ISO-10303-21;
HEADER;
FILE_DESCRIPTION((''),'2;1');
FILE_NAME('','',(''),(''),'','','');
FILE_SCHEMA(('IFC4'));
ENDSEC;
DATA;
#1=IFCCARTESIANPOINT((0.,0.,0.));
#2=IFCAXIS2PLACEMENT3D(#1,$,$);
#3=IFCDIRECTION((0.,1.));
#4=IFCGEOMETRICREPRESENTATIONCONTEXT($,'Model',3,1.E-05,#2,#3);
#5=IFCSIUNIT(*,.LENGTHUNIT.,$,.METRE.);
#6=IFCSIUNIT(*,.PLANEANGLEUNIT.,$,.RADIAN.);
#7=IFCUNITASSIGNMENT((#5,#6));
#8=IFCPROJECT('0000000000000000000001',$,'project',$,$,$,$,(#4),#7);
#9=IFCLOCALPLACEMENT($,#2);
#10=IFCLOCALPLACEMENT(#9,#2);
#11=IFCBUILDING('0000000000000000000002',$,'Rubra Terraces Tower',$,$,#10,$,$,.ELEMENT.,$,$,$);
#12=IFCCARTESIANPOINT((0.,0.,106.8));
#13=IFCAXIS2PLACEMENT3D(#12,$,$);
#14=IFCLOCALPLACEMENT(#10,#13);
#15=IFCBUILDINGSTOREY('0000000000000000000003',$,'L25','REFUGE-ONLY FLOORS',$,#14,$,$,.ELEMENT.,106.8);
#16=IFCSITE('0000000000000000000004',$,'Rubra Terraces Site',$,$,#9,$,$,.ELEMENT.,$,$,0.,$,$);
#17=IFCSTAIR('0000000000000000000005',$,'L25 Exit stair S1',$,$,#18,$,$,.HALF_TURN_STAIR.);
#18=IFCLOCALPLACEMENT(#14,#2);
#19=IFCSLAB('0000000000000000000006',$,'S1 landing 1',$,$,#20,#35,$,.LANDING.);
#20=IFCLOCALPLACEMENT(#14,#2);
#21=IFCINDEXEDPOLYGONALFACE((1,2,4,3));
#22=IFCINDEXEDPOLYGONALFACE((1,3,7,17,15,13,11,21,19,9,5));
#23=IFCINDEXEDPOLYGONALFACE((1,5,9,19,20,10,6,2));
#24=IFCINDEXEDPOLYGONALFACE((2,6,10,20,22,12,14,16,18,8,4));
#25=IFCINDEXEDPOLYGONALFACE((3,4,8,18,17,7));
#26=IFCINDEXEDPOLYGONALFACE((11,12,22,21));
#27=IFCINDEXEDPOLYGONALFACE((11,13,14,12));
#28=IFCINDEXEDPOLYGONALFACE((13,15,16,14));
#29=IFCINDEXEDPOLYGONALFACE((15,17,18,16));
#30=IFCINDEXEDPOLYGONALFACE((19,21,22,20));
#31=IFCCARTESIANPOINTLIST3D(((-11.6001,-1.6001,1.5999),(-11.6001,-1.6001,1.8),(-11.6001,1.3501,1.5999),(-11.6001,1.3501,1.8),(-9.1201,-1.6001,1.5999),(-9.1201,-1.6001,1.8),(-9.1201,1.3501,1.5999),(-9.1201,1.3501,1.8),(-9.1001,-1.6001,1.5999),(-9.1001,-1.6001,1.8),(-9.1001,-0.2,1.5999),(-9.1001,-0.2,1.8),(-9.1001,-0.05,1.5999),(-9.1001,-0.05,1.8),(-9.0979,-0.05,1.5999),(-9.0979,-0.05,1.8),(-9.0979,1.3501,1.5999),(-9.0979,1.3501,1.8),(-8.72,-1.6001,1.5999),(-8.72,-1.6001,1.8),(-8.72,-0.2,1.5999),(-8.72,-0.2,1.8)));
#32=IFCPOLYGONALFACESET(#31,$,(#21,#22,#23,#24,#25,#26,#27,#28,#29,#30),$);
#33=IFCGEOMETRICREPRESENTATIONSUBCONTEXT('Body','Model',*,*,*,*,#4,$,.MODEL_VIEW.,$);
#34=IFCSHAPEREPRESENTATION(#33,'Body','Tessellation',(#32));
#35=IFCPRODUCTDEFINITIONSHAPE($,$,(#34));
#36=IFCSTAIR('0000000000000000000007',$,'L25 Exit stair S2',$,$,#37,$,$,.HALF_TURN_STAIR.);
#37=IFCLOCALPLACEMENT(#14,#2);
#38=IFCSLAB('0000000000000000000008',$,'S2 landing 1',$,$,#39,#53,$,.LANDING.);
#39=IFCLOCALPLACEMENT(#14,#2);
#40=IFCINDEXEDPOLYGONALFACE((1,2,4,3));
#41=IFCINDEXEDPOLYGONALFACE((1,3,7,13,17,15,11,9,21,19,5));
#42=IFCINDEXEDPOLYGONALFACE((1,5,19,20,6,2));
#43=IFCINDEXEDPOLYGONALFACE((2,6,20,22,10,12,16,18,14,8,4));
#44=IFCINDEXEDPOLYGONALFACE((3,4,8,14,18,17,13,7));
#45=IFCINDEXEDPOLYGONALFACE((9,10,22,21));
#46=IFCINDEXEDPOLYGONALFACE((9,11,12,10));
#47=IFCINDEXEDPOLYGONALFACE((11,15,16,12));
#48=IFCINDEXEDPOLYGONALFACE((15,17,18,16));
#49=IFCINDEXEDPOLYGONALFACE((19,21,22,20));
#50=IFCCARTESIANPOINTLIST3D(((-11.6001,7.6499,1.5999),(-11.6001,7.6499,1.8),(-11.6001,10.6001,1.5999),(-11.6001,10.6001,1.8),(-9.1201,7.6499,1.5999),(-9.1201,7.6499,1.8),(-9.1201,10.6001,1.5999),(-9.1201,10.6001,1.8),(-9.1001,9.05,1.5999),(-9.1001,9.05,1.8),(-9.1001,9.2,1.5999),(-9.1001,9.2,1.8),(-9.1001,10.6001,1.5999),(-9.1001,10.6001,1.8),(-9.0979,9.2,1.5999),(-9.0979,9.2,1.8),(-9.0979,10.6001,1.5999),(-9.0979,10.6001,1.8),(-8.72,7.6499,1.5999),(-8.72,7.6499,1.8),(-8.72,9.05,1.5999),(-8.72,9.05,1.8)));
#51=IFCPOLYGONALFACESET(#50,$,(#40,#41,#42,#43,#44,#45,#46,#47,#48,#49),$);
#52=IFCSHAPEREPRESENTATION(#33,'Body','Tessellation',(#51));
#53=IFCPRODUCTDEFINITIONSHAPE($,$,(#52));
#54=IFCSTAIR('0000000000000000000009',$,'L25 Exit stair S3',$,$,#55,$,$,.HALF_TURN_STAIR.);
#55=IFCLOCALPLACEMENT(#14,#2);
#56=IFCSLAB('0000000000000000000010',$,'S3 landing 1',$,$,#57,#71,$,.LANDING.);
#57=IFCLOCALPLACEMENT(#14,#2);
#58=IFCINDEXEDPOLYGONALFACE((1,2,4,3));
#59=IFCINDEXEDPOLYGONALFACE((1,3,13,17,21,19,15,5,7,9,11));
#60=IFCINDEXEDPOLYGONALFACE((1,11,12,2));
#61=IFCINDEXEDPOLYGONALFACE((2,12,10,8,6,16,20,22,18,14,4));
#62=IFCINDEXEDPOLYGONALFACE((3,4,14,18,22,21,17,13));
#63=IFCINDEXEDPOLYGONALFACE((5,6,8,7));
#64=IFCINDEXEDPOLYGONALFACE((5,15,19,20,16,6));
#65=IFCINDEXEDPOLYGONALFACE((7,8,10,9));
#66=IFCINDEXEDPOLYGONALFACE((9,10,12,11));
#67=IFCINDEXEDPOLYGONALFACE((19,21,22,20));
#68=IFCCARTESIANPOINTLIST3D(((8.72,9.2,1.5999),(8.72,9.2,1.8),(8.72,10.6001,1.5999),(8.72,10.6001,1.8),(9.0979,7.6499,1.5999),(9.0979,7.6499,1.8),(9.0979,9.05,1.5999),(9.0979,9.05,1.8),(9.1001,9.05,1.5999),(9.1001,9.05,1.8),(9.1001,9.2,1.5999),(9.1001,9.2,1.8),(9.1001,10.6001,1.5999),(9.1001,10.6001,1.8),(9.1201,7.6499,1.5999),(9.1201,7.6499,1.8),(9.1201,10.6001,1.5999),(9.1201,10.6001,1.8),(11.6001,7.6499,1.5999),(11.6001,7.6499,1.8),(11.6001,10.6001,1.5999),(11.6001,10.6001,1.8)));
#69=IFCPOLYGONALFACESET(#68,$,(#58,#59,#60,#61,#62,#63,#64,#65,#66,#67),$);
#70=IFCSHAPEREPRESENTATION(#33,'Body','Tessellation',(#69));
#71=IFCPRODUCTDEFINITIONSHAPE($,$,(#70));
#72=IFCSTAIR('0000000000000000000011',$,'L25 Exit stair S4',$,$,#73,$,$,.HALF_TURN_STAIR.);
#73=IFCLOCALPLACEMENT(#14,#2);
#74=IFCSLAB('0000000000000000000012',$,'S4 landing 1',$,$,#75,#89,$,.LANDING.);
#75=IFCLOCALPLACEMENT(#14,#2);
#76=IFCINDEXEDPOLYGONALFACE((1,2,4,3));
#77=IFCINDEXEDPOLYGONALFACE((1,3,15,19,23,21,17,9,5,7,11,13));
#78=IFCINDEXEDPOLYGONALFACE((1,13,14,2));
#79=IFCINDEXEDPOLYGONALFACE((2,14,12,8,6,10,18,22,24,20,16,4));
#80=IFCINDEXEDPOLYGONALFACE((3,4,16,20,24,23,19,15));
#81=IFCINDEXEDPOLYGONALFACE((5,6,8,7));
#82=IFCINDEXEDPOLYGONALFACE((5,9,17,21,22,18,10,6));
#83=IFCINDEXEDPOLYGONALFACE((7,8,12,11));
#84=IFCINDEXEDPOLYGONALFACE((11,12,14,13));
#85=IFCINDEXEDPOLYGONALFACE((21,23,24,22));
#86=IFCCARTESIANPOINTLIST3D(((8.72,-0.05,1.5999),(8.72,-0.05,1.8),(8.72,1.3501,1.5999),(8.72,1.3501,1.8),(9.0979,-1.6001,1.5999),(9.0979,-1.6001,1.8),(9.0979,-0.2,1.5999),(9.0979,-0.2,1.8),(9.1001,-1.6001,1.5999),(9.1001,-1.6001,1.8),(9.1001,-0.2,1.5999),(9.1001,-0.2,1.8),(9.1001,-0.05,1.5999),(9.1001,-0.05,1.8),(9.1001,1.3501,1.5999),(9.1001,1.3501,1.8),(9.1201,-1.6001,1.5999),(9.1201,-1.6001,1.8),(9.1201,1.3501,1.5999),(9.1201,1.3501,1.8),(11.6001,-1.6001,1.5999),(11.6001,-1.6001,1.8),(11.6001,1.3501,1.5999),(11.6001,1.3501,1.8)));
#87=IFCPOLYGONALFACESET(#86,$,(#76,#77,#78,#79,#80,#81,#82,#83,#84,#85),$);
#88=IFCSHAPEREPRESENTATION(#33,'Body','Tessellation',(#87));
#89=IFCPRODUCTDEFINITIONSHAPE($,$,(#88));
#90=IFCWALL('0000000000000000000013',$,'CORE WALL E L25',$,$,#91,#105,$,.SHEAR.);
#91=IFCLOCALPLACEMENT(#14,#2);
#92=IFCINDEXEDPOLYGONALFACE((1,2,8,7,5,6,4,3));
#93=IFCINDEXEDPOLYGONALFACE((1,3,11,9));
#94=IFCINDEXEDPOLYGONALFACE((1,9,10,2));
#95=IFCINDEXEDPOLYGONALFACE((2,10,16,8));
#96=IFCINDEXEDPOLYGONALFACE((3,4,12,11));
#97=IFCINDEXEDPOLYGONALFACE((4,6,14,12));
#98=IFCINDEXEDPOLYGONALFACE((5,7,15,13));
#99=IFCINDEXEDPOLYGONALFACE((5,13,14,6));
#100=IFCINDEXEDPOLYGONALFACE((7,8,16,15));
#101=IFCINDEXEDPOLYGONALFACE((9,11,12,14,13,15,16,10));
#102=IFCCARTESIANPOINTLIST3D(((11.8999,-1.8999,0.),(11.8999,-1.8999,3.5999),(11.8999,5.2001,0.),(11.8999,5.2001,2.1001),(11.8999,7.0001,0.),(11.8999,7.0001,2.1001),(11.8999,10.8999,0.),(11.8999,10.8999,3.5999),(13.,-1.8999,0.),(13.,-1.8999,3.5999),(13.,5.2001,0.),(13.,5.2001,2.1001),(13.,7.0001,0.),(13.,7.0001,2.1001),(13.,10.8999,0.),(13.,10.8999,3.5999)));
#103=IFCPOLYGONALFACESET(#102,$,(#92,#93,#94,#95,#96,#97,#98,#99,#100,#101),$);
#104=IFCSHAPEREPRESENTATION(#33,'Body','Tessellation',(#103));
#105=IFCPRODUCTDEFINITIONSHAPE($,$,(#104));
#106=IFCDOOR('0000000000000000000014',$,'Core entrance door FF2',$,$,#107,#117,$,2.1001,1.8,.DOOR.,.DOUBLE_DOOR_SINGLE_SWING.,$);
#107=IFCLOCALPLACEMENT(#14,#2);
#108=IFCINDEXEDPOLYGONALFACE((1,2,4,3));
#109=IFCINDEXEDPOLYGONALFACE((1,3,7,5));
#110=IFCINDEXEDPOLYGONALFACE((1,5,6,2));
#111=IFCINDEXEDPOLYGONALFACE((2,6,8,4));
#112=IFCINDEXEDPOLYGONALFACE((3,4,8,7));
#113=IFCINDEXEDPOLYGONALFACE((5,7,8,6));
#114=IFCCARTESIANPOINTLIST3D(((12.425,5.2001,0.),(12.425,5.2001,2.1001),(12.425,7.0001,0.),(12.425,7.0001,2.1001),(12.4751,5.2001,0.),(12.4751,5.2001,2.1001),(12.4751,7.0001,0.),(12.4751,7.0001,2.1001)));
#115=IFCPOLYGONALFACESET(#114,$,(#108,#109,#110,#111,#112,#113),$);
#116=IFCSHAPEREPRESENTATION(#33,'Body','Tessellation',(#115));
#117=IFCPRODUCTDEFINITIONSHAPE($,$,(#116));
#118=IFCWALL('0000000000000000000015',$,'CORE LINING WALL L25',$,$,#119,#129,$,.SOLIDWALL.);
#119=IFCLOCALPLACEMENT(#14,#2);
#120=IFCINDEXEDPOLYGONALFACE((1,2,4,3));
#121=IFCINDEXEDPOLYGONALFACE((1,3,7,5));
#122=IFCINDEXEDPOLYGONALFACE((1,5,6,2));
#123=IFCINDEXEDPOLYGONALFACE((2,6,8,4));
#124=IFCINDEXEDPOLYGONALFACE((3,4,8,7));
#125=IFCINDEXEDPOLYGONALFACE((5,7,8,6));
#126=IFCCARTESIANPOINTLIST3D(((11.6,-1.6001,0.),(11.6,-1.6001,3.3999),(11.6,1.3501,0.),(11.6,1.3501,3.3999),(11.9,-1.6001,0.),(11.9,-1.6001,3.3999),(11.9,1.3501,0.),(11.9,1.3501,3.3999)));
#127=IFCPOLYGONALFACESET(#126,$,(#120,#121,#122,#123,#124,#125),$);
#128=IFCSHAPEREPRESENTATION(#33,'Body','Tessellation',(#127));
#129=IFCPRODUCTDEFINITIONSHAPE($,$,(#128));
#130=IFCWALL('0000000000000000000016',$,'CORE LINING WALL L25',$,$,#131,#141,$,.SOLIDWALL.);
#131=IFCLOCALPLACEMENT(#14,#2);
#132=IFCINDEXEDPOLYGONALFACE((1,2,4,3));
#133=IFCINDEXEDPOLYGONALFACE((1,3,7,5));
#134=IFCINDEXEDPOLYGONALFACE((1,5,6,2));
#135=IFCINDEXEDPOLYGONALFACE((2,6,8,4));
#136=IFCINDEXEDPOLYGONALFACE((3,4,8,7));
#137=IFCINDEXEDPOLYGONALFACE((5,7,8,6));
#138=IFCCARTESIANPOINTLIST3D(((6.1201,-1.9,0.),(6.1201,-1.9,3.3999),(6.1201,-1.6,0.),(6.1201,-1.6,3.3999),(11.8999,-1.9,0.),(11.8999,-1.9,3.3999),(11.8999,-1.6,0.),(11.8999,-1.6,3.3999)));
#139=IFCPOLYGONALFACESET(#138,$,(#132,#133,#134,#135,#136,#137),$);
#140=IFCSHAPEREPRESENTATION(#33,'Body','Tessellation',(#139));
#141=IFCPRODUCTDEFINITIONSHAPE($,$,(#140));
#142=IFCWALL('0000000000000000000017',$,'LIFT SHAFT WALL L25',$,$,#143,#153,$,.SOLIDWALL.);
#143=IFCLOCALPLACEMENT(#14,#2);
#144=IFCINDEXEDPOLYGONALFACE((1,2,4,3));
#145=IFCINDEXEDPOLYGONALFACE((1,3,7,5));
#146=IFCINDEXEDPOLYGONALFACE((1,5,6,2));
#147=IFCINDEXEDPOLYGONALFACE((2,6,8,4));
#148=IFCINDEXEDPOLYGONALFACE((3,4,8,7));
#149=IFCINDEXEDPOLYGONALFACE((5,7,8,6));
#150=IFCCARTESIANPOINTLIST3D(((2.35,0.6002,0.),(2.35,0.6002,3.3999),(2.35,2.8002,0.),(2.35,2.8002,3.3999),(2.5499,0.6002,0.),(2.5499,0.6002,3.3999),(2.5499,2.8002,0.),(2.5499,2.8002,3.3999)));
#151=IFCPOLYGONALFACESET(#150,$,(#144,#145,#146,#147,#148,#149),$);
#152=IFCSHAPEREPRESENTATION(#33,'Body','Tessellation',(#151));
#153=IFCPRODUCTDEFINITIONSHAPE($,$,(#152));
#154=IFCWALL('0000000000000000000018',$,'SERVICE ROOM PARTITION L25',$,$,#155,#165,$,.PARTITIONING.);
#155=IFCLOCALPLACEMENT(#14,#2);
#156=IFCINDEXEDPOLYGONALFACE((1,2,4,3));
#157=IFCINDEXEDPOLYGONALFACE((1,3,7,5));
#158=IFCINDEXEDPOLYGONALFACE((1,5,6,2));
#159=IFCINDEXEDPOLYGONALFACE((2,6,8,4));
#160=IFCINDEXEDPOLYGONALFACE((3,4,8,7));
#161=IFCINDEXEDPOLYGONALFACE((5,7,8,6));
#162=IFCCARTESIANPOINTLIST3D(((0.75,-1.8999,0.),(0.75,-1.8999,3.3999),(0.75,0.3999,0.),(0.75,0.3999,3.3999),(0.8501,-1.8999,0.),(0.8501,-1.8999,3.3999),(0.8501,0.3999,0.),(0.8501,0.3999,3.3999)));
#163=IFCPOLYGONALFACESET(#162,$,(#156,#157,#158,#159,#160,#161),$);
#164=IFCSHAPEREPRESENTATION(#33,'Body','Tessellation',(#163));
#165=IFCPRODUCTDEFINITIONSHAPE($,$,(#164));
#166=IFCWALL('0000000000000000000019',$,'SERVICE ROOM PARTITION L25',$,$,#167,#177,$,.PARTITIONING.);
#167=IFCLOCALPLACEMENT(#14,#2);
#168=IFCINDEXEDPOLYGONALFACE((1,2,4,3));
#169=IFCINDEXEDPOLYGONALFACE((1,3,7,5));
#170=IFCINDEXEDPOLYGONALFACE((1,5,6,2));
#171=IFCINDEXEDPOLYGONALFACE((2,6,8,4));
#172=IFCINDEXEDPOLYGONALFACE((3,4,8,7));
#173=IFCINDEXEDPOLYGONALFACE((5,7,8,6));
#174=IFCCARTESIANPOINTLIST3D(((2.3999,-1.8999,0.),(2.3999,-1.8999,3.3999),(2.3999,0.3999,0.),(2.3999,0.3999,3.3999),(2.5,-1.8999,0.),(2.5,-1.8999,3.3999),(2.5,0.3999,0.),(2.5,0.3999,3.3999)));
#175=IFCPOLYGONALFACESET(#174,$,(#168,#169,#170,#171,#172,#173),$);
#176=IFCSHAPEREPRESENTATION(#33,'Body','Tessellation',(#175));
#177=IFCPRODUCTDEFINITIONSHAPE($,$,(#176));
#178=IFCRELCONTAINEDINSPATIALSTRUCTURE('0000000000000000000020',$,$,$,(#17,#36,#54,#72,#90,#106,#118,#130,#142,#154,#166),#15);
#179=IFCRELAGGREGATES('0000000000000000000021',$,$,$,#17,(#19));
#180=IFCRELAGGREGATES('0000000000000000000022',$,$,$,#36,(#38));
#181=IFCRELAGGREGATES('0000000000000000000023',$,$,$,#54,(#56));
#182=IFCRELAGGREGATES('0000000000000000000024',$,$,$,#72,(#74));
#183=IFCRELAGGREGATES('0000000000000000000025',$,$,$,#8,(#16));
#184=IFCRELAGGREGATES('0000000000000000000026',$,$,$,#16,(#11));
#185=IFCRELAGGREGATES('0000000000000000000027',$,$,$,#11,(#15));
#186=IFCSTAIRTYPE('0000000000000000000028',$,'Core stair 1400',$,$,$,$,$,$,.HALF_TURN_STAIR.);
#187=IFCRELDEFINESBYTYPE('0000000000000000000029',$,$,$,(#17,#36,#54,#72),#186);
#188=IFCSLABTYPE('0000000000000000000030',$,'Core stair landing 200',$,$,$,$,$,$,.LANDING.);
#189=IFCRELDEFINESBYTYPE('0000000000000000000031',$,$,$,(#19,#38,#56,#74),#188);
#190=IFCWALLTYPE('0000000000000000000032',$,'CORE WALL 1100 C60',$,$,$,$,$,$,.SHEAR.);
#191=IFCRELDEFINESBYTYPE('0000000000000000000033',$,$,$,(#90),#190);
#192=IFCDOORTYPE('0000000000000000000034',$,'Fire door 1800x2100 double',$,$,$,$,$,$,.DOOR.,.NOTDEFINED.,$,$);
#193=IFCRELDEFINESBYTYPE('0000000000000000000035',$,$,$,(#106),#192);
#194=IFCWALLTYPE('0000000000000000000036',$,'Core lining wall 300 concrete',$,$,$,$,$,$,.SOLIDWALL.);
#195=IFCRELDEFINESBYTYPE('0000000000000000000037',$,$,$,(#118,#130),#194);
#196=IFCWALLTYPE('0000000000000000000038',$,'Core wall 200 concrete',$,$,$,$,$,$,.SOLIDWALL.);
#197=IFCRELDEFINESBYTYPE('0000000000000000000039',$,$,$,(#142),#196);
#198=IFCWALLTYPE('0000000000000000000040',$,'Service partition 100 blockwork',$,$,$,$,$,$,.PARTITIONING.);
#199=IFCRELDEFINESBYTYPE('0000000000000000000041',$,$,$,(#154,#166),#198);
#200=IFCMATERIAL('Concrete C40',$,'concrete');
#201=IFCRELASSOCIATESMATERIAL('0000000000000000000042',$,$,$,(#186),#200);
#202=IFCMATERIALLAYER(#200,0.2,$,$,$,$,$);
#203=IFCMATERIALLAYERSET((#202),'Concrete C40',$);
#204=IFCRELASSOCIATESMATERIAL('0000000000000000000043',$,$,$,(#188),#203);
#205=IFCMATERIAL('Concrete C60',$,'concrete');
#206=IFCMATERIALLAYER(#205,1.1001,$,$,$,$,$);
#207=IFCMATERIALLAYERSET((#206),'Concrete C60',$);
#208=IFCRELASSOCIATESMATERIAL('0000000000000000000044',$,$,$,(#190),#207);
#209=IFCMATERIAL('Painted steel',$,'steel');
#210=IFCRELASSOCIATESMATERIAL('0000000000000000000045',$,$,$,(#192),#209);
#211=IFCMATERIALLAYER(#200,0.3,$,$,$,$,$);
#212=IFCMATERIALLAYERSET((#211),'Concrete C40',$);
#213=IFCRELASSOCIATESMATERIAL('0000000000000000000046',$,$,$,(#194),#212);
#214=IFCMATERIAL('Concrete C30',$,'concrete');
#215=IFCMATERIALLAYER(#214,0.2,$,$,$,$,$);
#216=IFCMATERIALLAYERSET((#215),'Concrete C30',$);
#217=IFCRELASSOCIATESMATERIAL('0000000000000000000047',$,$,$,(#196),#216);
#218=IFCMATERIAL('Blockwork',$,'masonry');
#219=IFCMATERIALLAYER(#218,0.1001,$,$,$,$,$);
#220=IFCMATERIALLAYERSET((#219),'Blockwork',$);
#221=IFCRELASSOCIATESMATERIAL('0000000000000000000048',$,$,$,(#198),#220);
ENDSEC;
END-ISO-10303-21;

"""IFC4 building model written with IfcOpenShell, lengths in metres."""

from ifc_helpers import new_model, si_unit, direction, frame, frame_2d, origin, place, context, subcontext, project, spatial, polyline, rectangle, outline, extrude, material, layer, layer_set, type_object, element, fill, aggregate, save


model = new_model("IFC4")

# Units and contexts
model_context = context("Model", 3, precision=1e-05, world=origin(), true_north=direction((0.0, 1.0)))
body_context = subcontext(model_context, "Body", "Model", "MODEL_VIEW")
ifc_project = project(units=[si_unit("LENGTHUNIT", "METRE"), si_unit("PLANEANGLEUNIT", "RADIAN")], contexts=[model_context])

# Site, building, storey
site_placement = place(None, origin())
site = spatial("IfcSite", under=ifc_project, at=site_placement, Name="Rubra Terraces Site", CompositionType="ELEMENT", RefElevation=0.0)
building_placement = place(site_placement, origin())
building = spatial("IfcBuilding", under=site, at=building_placement, Name="Rubra Terraces Tower", CompositionType="ELEMENT")
storey_placement = place(building_placement, frame((0.0, 0.0, 106.8)))
storey = spatial("IfcBuildingStorey", under=building, at=storey_placement, Name="L25", Description="REFUGE-ONLY FLOORS", CompositionType="ELEMENT", Elevation=106.8)

# Stairs, slabs
ifc_material_1 = material(Name="Concrete C40", Category="concrete")
stair_type = type_object("IfcStairType", Name="Core stair 1400", PredefinedType="HALF_TURN_STAIR", material=ifc_material_1)
stair_1_placement = place(storey_placement, origin())
stair_1 = element("IfcStair", 1, at=stair_1_placement, inside=storey, type_object=stair_type, Name="L25 Exit stair S1", PredefinedType="HALF_TURN_STAIR")
ifc_layer_1 = layer(ifc_material_1, 0.2)
ifc_layer_set_1 = layer_set([ifc_layer_1], Name="Concrete C40")
slab_type = type_object("IfcSlabType", Name="Core stair landing 200", PredefinedType="LANDING", material=ifc_layer_set_1)
slab_1_placement = place(storey_placement, frame((0.0, 0.0, 1.5999)))
slab_1 = element("IfcSlab", 2, at=slab_1_placement, type_object=slab_type, Name="S1 landing 1", PredefinedType="LANDING", context=body_context, shape_type="SweptSolid", body=[
    extrude(outline(polyline([(-8.72, -0.2), (-8.72, -1.6001), (-9.1001, -1.6001), (-9.1201, -1.6001), (-11.6001, -1.6001), (-11.6001, 1.3501), (-9.1201, 1.3501), (-9.0979, 1.3501), (-9.0979, -0.05), (-9.1001, -0.05), (-9.1001, -0.2), (-8.72, -0.2)])), origin(), (0.0, 0.0, 1.0), 0.2002),
])
aggregate(stair_1, [slab_1])
stair_2_placement = place(storey_placement, origin())
stair_2 = element("IfcStair", 3, at=stair_2_placement, inside=storey, type_object=stair_type, Name="L25 Exit stair S2", PredefinedType="HALF_TURN_STAIR")
slab_2_placement = place(storey_placement, frame((0.0, 0.0, 1.5999)))
slab_2 = element("IfcSlab", 4, at=slab_2_placement, type_object=slab_type, Name="S2 landing 1", PredefinedType="LANDING", context=body_context, shape_type="SweptSolid", body=[
    extrude(outline(polyline([(-8.72, 9.05), (-8.72, 7.6499), (-9.1201, 7.6499), (-11.6001, 7.6499), (-11.6001, 10.6001), (-9.1201, 10.6001), (-9.1001, 10.6001), (-9.0979, 10.6001), (-9.0979, 9.2), (-9.1001, 9.2), (-9.1001, 9.05), (-8.72, 9.05)])), origin(), (0.0, 0.0, 1.0), 0.2002),
])
aggregate(stair_2, [slab_2])
stair_3_placement = place(storey_placement, origin())
stair_3 = element("IfcStair", 5, at=stair_3_placement, inside=storey, type_object=stair_type, Name="L25 Exit stair S3", PredefinedType="HALF_TURN_STAIR")
slab_3_placement = place(storey_placement, frame((0.0, 0.0, 1.5999)))
slab_3 = element("IfcSlab", 6, at=slab_3_placement, type_object=slab_type, Name="S3 landing 1", PredefinedType="LANDING", context=body_context, shape_type="SweptSolid", body=[
    extrude(outline(polyline([(9.1001, 9.05), (9.1001, 9.2), (8.72, 9.2), (8.72, 10.6001), (9.1001, 10.6001), (9.1201, 10.6001), (11.6001, 10.6001), (11.6001, 7.6499), (9.1201, 7.6499), (9.0979, 7.6499), (9.0979, 9.05), (9.1001, 9.05)])), origin(), (0.0, 0.0, 1.0), 0.2002),
])
aggregate(stair_3, [slab_3])
stair_4_placement = place(storey_placement, origin())
stair_4 = element("IfcStair", 7, at=stair_4_placement, inside=storey, type_object=stair_type, Name="L25 Exit stair S4", PredefinedType="HALF_TURN_STAIR")
slab_4_placement = place(storey_placement, frame((0.0, 0.0, 1.5999)))
slab_4 = element("IfcSlab", 8, at=slab_4_placement, type_object=slab_type, Name="S4 landing 1", PredefinedType="LANDING", context=body_context, shape_type="SweptSolid", body=[
    extrude(outline(polyline([(9.1001, -0.2), (9.1001, -0.05), (8.72, -0.05), (8.72, 1.3501), (9.1001, 1.3501), (9.1201, 1.3501), (11.6001, 1.3501), (11.6001, -1.6001), (9.1201, -1.6001), (9.1001, -1.6001), (9.0979, -1.6001), (9.0979, -0.2), (9.1001, -0.2)])), origin(), (0.0, 0.0, 1.0), 0.2002),
])

# Wall, opening, door
ifc_material_2 = material(Name="Concrete C60", Category="concrete")
ifc_layer_2 = layer(ifc_material_2, 1.1001)
ifc_layer_set_2 = layer_set([ifc_layer_2], Name="Concrete C60")
wall_type_1 = type_object("IfcWallType", Name="CORE WALL 1100 C60", PredefinedType="SHEAR", material=ifc_layer_set_2)
wall_1_placement = place(storey_placement, frame((12.45, -1.8999, 0.0), z_axis=(0.0, 0.0, 1.0), x_axis=(0.0, 1.0, 0.0)))
wall_1 = element("IfcWall", 9, at=wall_1_placement, inside=storey, type_object=wall_type_1, Name="CORE WALL E L25", PredefinedType="SHEAR", context=body_context, shape_type="SweptSolid", body=[
    extrude(rectangle(XDim=12.7998, YDim=1.1001, at=frame_2d((6.3999, 0.0))), origin(), (0.0, 0.0, 1.0), 3.5999),
])
opening_1_placement = place(wall_1_placement, frame((7.1001, 0.0, 0.0)))
opening_1 = element("IfcOpeningElement", 10, at=opening_1_placement, cuts=wall_1, PredefinedType="OPENING", context=body_context, shape_type="SweptSolid", body=[
    extrude(rectangle(XDim=1.8, YDim=2.1001, at=frame_2d((0.8999, 1.05))), frame((0.0, 0.5601, 0.0), z_axis=(0.0, -1.0, 0.0), x_axis=(1.0, 0.0, 0.0)), (0.0, 0.0, 1.0), 1.1201),
])
ifc_material_3 = material(Name="Painted steel", Category="steel")
door_type_1 = type_object("IfcDoorType", Name="Fire door 1800x2100 double", OperationType="NOTDEFINED", PredefinedType="DOOR", material=ifc_material_3)
door_1_placement = place(opening_1_placement, origin())
door_1 = element("IfcDoor", 11, at=door_1_placement, inside=storey, type_object=door_type_1, Name="Core entrance door FF2", OperationType="DOUBLE_DOOR_SINGLE_SWING", OverallHeight=2.1001, OverallWidth=1.8, PredefinedType="DOOR", context=body_context, shape_type="SweptSolid", body=[
    extrude(rectangle(XDim=1.8, YDim=2.1001, at=frame_2d((0.8999, 1.05))), frame((0.0, 0.0249, 0.0), z_axis=(0.0, -1.0, 0.0), x_axis=(1.0, 0.0, 0.0)), (0.0, 0.0, 1.0), 0.05),
])
fill(opening_1, door_1)

# Walls
ifc_layer_3 = layer(ifc_material_1, 0.3)
ifc_layer_set_3 = layer_set([ifc_layer_3], Name="Concrete C40")
wall_type_2 = type_object("IfcWallType", Name="Core lining wall 300 concrete", PredefinedType="SOLIDWALL", material=ifc_layer_set_3)
wall_2_placement = place(storey_placement, frame((11.75, 1.3501, 0.0), z_axis=(0.0, 0.0, 1.0), x_axis=(0.0, -1.0, 0.0)))
element("IfcWall", 12, at=wall_2_placement, inside=storey, type_object=wall_type_2, Name="CORE LINING WALL L25", PredefinedType="SOLIDWALL", context=body_context, shape_type="SweptSolid", body=[
    extrude(rectangle(XDim=2.9502, YDim=0.3, at=frame_2d((1.4751, 0.0))), origin(), (0.0, 0.0, 1.0), 3.3999),
])
wall_3_placement = place(storey_placement, frame((11.8999, -1.75, 0.0), z_axis=(0.0, 0.0, 1.0), x_axis=(-1.0, 0.0, 0.0)))
element("IfcWall", 13, at=wall_3_placement, inside=storey, type_object=wall_type_2, Name="CORE LINING WALL L25", PredefinedType="SOLIDWALL", context=body_context, shape_type="SweptSolid", body=[
    extrude(rectangle(XDim=5.7798, YDim=0.3, at=frame_2d((2.8899, 0.0))), origin(), (0.0, 0.0, 1.0), 3.3999),
])
ifc_material_4 = material(Name="Concrete C30", Category="concrete")
ifc_layer_4 = layer(ifc_material_4, 0.2)
ifc_layer_set_4 = layer_set([ifc_layer_4], Name="Concrete C30")
wall_type_3 = type_object("IfcWallType", Name="Core wall 200 concrete", PredefinedType="SOLIDWALL", material=ifc_layer_set_4)
wall_4_placement = place(storey_placement, frame((2.45, 0.6001, 0.0), z_axis=(0.0, 0.0, 1.0), x_axis=(0.0, 1.0, 0.0)))
element("IfcWall", 14, at=wall_4_placement, inside=storey, type_object=wall_type_3, Name="LIFT SHAFT WALL L25", PredefinedType="SOLIDWALL", context=body_context, shape_type="SweptSolid", body=[
    extrude(rectangle(XDim=2.2, YDim=0.2, at=frame_2d((1.1001, 0.0))), origin(), (0.0, 0.0, 1.0), 3.3999),
])
ifc_material_5 = material(Name="Blockwork", Category="masonry")
ifc_layer_5 = layer(ifc_material_5, 0.1001)
ifc_layer_set_5 = layer_set([ifc_layer_5], Name="Blockwork")
wall_type_4 = type_object("IfcWallType", Name="Service partition 100 blockwork", PredefinedType="PARTITIONING", material=ifc_layer_set_5)
for number, where, z_axis, x_axis, name in (
    (15, (0.8, -1.8999, 0.0), (0.0, 0.0, 1.0), (0.0, 1.0, 0.0), "SERVICE ROOM PARTITION L25"),
    (16, (2.45, -1.8999, 0.0), (0.0, 0.0, 1.0), (0.0, 1.0, 0.0), "SERVICE ROOM PARTITION L25"),
):
    element("IfcWall", number, at=place(storey_placement, frame(where, z_axis=z_axis, x_axis=x_axis)), inside=storey, type_object=wall_type_4, Name=name, PredefinedType="PARTITIONING", context=body_context, shape_type="SweptSolid", body=[
        extrude(rectangle(XDim=2.2998, YDim=0.1001, at=frame_2d((1.1499, 0.0))), origin(), (0.0, 0.0, 1.0), 3.3999),
    ])

aggregate(stair_4, [slab_4])

save(model, "model.ifc")
